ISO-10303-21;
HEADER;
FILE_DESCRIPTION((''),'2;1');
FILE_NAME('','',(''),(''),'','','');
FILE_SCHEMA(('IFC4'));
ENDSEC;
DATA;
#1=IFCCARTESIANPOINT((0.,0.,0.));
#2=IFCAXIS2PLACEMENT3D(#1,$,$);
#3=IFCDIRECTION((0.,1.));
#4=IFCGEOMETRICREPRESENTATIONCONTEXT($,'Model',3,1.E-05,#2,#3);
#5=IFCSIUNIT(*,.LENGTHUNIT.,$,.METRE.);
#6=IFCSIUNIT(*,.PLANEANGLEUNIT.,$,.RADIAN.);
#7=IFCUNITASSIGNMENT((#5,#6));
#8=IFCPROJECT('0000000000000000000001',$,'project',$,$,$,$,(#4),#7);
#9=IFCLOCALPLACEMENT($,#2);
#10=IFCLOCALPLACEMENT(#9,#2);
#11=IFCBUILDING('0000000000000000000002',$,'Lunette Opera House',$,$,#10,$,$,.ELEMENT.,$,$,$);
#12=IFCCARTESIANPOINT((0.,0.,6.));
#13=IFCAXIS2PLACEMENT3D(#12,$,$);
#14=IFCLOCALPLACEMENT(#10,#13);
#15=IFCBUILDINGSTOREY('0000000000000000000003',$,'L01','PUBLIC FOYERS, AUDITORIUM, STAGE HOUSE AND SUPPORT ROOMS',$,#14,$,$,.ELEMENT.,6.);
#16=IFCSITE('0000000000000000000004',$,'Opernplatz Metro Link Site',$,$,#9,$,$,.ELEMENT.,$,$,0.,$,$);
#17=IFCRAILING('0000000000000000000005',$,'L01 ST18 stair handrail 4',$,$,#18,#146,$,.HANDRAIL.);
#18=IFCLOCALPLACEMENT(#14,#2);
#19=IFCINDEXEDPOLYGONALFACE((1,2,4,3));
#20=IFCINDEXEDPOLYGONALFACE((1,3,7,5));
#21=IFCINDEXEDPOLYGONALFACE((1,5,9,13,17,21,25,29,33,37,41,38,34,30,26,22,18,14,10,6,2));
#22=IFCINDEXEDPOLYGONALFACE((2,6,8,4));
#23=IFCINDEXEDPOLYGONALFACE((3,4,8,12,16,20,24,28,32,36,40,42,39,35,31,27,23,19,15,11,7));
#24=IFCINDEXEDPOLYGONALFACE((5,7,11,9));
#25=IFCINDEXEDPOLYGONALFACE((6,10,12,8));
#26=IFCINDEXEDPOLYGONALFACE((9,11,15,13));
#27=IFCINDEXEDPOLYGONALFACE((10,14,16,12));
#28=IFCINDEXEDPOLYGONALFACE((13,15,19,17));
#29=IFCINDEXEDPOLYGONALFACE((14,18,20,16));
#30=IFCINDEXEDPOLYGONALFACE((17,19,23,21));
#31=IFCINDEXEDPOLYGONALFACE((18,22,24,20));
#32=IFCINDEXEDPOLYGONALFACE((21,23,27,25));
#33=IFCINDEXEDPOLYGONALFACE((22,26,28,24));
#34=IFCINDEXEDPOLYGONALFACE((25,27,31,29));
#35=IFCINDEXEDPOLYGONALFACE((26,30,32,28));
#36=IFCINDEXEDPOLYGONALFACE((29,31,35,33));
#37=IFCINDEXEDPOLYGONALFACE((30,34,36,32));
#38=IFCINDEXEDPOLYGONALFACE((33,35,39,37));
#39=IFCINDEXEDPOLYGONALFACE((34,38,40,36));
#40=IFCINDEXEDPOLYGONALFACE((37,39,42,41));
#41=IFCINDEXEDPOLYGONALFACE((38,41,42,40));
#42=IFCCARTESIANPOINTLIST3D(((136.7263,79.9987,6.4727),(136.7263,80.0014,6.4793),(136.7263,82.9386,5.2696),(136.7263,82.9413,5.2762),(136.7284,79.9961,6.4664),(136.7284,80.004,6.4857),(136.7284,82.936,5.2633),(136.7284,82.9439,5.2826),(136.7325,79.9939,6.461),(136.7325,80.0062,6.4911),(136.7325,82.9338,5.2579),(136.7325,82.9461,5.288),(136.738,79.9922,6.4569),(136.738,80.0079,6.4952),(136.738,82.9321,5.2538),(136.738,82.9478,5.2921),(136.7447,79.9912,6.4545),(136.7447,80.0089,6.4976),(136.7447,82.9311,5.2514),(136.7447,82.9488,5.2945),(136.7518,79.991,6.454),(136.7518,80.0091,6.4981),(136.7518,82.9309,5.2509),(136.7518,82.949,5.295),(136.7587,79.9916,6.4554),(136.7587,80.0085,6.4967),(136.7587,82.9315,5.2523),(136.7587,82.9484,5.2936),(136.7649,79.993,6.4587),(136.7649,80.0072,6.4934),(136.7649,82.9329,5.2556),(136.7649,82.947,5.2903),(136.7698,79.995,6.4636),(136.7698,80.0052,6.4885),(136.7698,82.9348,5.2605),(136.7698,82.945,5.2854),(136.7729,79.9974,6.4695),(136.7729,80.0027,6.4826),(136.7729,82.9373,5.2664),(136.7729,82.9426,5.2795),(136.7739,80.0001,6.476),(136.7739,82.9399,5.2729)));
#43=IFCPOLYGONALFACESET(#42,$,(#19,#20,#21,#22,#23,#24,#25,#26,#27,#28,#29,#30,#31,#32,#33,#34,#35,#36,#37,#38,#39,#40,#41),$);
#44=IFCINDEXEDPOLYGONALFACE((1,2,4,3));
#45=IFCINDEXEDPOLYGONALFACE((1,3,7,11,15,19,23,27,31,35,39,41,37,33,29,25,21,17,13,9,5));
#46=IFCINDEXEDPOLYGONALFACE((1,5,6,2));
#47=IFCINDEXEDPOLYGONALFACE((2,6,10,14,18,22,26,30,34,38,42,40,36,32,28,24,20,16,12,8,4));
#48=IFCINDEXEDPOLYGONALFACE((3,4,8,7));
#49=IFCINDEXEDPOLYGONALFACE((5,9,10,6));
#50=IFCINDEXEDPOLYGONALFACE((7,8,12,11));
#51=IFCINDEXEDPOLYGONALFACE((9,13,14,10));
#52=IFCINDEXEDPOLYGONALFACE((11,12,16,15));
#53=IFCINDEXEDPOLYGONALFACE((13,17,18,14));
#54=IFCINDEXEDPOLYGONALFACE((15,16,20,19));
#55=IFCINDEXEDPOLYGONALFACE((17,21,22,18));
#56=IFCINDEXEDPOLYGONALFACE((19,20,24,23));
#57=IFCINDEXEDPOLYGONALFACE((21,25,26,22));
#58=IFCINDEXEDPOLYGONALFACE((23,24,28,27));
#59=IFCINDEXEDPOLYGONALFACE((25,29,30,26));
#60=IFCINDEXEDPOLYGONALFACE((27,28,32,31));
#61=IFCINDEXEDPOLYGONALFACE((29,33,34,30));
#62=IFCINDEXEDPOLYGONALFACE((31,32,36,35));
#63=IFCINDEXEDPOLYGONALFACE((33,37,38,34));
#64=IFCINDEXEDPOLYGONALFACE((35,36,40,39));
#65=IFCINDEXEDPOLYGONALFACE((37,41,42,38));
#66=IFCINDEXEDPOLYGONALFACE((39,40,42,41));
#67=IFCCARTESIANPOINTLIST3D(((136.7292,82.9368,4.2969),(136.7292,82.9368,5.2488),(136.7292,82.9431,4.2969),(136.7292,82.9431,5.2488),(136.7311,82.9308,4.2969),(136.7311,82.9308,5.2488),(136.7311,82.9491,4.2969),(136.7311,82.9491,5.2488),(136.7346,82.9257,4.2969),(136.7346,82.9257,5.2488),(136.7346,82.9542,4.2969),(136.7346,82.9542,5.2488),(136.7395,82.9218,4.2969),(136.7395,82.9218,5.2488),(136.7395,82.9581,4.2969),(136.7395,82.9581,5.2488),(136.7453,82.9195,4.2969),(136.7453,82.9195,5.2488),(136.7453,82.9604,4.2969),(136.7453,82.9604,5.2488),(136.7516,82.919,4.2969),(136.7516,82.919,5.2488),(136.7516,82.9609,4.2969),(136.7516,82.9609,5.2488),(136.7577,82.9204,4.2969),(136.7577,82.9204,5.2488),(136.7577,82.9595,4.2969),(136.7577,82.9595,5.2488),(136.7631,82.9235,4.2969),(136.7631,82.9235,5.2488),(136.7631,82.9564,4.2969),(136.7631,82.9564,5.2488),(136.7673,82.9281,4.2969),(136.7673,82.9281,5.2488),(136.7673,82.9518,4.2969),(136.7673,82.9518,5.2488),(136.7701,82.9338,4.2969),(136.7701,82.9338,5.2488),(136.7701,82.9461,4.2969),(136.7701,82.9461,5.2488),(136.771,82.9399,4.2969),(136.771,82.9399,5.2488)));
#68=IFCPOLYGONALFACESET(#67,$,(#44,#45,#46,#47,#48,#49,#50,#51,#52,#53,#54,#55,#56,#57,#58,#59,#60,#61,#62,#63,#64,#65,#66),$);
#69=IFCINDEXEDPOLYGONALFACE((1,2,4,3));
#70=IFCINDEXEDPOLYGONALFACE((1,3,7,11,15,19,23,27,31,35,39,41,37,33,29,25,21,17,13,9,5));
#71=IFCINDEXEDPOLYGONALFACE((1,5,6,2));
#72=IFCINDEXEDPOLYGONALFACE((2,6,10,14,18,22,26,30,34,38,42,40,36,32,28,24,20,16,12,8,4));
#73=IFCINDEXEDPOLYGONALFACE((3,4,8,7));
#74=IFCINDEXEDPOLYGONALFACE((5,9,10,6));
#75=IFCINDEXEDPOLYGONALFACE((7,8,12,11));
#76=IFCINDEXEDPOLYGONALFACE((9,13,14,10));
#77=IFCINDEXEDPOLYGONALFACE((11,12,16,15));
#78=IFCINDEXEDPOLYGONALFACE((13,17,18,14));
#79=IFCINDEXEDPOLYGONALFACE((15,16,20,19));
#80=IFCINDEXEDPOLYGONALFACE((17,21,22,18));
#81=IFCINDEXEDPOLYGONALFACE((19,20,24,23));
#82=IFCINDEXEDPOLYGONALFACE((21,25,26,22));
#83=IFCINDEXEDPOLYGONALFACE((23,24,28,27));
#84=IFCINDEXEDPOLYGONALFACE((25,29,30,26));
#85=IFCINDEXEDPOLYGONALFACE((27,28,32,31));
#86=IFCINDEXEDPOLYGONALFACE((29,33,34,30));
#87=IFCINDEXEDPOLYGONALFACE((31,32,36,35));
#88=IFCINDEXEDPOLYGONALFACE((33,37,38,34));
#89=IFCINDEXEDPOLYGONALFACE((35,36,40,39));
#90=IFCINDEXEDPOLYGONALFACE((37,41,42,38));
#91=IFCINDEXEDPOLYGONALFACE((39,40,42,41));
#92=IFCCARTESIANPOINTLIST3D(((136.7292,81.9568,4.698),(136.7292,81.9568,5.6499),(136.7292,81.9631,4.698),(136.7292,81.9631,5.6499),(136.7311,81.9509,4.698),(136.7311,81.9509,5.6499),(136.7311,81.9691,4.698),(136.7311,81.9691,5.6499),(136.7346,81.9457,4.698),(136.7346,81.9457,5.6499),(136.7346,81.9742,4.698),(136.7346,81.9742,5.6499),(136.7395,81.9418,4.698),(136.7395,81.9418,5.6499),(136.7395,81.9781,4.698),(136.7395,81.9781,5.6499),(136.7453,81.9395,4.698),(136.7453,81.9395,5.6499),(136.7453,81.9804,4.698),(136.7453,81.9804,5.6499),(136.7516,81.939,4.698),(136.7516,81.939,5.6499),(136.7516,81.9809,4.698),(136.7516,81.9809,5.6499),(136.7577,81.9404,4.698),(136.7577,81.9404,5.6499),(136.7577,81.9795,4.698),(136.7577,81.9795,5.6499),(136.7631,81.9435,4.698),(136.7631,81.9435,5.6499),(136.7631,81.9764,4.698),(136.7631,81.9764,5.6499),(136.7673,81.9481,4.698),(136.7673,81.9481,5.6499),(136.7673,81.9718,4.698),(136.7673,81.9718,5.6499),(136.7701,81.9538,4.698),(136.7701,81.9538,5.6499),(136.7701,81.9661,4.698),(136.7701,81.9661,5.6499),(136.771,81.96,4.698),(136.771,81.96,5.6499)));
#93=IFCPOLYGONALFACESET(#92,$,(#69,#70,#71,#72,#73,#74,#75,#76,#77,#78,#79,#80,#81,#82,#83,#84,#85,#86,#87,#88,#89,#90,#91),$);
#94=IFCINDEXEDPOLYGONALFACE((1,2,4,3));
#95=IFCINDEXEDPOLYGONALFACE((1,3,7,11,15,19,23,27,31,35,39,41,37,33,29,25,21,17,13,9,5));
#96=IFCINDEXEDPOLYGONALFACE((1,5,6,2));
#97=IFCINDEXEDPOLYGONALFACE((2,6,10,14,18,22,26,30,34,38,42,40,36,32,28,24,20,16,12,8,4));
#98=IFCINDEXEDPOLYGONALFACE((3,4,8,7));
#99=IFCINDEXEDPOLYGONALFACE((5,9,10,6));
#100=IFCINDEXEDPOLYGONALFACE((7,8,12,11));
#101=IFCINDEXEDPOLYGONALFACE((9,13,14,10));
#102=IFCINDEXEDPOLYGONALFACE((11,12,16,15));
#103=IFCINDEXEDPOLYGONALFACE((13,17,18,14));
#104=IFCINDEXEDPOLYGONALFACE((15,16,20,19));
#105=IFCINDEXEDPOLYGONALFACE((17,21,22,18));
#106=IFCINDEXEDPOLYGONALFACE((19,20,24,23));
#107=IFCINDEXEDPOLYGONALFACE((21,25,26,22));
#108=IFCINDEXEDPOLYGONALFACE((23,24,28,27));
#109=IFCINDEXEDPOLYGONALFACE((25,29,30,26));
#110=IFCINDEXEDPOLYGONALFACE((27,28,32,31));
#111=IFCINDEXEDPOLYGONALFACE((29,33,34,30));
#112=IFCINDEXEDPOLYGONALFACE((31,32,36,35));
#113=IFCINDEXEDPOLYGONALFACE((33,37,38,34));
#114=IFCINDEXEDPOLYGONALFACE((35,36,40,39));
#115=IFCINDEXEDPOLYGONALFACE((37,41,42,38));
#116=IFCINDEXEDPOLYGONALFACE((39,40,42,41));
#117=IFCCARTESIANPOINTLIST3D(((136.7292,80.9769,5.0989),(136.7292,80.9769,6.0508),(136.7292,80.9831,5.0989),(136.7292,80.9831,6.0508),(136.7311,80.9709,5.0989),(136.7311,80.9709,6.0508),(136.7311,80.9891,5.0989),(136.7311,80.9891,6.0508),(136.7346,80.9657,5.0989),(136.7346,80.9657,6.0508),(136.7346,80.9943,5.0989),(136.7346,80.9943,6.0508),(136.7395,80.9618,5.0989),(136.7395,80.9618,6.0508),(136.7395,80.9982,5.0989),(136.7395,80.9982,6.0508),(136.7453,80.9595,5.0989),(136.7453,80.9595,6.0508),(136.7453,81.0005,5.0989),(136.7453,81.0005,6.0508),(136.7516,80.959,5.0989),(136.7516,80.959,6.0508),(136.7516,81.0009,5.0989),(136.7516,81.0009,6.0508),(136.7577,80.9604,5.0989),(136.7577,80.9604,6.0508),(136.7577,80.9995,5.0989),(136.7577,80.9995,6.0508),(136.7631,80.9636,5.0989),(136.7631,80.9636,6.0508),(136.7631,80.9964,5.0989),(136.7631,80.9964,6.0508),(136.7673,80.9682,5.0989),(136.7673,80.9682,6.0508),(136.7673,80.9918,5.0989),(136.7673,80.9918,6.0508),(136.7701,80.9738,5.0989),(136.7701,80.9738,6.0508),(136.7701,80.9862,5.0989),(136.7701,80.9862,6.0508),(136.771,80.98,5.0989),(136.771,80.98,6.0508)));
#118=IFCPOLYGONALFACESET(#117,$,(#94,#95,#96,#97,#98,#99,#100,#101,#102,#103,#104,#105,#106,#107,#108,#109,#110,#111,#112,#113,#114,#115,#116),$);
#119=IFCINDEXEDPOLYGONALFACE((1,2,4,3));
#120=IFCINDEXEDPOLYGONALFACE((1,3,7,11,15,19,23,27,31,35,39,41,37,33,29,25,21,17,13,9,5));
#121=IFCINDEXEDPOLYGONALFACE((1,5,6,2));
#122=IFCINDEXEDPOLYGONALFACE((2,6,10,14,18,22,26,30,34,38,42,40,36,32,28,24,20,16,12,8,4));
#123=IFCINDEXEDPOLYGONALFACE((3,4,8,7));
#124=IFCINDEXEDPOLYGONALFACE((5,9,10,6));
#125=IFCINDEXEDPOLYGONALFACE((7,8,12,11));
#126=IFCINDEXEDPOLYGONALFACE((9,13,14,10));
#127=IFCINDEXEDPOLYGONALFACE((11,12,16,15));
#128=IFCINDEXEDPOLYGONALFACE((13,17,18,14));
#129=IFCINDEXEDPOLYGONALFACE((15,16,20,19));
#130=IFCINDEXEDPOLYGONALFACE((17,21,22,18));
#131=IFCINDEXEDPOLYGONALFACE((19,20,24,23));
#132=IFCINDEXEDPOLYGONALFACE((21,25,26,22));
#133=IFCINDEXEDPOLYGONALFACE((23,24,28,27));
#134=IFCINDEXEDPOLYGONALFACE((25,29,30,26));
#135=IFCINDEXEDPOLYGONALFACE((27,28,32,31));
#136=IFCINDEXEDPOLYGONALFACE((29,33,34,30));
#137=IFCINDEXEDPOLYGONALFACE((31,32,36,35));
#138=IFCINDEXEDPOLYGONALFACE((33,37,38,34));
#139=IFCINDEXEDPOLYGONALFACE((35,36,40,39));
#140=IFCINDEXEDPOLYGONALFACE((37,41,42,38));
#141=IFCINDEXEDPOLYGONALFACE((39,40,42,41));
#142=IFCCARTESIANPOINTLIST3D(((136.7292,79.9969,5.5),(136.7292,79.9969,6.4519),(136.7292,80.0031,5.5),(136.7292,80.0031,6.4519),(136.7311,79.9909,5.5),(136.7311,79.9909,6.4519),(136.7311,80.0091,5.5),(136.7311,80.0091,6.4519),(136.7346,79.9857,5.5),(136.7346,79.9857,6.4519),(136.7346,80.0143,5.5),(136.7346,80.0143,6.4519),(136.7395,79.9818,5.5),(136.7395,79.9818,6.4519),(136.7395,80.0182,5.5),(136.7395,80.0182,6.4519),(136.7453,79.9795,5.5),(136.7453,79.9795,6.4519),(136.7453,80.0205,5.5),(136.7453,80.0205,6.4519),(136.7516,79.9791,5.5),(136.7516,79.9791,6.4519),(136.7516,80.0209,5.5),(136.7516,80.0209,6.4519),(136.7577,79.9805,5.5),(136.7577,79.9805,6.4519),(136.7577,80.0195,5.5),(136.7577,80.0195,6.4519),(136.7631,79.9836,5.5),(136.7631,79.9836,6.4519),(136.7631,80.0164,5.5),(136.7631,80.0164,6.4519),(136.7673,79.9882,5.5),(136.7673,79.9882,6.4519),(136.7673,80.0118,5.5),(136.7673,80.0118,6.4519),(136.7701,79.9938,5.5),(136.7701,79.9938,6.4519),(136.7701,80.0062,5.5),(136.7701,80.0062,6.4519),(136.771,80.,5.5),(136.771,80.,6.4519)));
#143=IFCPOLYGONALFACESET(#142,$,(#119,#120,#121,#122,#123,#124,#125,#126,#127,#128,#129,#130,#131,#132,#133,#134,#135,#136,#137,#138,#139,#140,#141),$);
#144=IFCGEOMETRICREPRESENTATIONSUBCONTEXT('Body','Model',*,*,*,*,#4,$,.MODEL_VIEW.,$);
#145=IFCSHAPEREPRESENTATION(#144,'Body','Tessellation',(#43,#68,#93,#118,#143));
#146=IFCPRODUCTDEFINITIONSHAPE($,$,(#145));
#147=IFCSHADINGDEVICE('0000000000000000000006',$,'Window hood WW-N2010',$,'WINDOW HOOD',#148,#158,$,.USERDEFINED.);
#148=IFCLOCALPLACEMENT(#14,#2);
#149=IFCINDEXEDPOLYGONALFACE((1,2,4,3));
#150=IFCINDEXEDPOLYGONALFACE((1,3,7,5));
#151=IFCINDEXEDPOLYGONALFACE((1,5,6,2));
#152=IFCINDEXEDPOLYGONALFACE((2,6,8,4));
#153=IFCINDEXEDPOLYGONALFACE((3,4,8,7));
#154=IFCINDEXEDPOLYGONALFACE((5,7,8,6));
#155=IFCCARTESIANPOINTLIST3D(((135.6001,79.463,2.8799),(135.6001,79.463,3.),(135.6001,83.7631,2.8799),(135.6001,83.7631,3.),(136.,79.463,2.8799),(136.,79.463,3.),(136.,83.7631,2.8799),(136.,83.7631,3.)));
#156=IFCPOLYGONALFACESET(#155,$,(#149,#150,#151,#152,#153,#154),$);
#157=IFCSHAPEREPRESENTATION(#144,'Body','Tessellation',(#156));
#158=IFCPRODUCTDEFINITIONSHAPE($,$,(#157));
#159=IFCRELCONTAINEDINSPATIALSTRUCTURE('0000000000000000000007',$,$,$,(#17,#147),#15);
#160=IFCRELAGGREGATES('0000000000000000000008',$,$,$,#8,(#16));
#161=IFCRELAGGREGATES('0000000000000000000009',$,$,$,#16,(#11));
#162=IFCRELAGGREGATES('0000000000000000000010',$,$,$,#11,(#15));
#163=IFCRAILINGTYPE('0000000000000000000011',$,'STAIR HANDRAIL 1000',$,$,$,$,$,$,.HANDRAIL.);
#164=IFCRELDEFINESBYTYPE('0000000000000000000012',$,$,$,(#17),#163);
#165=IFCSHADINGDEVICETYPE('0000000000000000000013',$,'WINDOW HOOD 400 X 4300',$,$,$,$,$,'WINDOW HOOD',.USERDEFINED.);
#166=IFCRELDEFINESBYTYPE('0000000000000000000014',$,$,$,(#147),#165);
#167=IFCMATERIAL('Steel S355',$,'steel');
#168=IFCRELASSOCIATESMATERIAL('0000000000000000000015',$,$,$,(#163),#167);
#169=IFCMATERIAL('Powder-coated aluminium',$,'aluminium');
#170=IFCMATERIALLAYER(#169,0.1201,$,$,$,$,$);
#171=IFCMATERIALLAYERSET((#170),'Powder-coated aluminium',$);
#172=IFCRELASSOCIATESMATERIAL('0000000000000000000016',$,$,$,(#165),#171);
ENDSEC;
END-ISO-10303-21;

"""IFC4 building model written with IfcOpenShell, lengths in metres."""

from ifc_helpers import new_model, si_unit, direction, frame, origin, origin_2d, place, context, subcontext, project, spatial, rectangle, circle, extrude, material, layer, layer_set, type_object, element, save


model = new_model("IFC4")

# Units and contexts
model_context = context("Model", 3, precision=1e-05, world=origin(), true_north=direction((0.0, 1.0)))
body_context = subcontext(model_context, "Body", "Model", "MODEL_VIEW")
ifc_project = project(units=[si_unit("LENGTHUNIT", "METRE"), si_unit("PLANEANGLEUNIT", "RADIAN")], contexts=[model_context])

# Site, building, storey
site_placement = place(None, origin())
site = spatial("IfcSite", under=ifc_project, at=site_placement, Name="Opernplatz Metro Link Site", CompositionType="ELEMENT", RefElevation=0.0)
building_placement = place(site_placement, origin())
building = spatial("IfcBuilding", under=site, at=building_placement, Name="Lunette Opera House", CompositionType="ELEMENT")
storey_placement = place(building_placement, frame((0.0, 0.0, 6.0)))
storey = spatial("IfcBuildingStorey", under=building, at=storey_placement, Name="L01", Description="PUBLIC FOYERS, AUDITORIUM, STAGE HOUSE AND SUPPORT ROOMS", CompositionType="ELEMENT", Elevation=6.0)

# Railing
ifc_material_1 = material(Name="Steel S355", Category="steel")
railing_type_1 = type_object("IfcRailingType", Name="STAIR HANDRAIL 1000", PredefinedType="HANDRAIL", material=ifc_material_1)
for number, where, name in (
    (1, (136.75, 82.9399, 4.2969), "L01 ST18 stair handrail 4"),
):
    element("IfcRailing", number, at=place(storey_placement, frame(where)), inside=storey, type_object=railing_type_1, Name=name, PredefinedType="HANDRAIL", context=body_context, shape_type="SweptSolid", body=[
        extrude(circle(Radius=0.0239, at=origin_2d()), frame((0.0, 0.0, 0.9761), z_axis=(0.0, -0.9255, 0.378747), x_axis=(1.0, 0.0, 0.0)), (0.0, 0.0, 1.0), 3.1765),
        extrude(circle(Radius=0.021, at=origin_2d()), origin(), (0.0, 0.0, 1.0), 0.9519),
        extrude(circle(Radius=0.021, at=origin_2d()), frame((0.0, -0.98, 0.4011)), (0.0, 0.0, 1.0), 0.9519),
        extrude(circle(Radius=0.021, at=origin_2d()), frame((0.0, -1.96, 0.802)), (0.0, 0.0, 1.0), 0.9519),
        extrude(circle(Radius=0.021, at=origin_2d()), frame((0.0, -2.9399, 1.2031)), (0.0, 0.0, 1.0), 0.9519),
    ])

# Shading device
ifc_material_2 = material(Name="Powder-coated aluminium", Category="aluminium")
ifc_layer_1 = layer(ifc_material_2, 0.1201)
ifc_layer_set_1 = layer_set([ifc_layer_1], Name="Powder-coated aluminium")
shading_device_type = type_object("IfcShadingDeviceType", Name="WINDOW HOOD 400 X 4300", ElementType="WINDOW HOOD", PredefinedType="USERDEFINED", material=ifc_layer_set_1)
shading_device_placement = place(storey_placement, frame((135.8, 81.613, 2.8799), z_axis=(0.0, 0.0, 1.0), x_axis=(-1.0, 0.0, 0.0)))
element("IfcShadingDevice", 2, at=shading_device_placement, inside=storey, type_object=shading_device_type, Name="Window hood WW-N2010", ObjectType="WINDOW HOOD", PredefinedType="USERDEFINED", context=body_context, shape_type="SweptSolid", body=[
    extrude(rectangle(XDim=0.3999, YDim=4.3, at=origin_2d()), origin(), (0.0, 0.0, 1.0), 0.1201),
])

save(model, "model.ifc")
